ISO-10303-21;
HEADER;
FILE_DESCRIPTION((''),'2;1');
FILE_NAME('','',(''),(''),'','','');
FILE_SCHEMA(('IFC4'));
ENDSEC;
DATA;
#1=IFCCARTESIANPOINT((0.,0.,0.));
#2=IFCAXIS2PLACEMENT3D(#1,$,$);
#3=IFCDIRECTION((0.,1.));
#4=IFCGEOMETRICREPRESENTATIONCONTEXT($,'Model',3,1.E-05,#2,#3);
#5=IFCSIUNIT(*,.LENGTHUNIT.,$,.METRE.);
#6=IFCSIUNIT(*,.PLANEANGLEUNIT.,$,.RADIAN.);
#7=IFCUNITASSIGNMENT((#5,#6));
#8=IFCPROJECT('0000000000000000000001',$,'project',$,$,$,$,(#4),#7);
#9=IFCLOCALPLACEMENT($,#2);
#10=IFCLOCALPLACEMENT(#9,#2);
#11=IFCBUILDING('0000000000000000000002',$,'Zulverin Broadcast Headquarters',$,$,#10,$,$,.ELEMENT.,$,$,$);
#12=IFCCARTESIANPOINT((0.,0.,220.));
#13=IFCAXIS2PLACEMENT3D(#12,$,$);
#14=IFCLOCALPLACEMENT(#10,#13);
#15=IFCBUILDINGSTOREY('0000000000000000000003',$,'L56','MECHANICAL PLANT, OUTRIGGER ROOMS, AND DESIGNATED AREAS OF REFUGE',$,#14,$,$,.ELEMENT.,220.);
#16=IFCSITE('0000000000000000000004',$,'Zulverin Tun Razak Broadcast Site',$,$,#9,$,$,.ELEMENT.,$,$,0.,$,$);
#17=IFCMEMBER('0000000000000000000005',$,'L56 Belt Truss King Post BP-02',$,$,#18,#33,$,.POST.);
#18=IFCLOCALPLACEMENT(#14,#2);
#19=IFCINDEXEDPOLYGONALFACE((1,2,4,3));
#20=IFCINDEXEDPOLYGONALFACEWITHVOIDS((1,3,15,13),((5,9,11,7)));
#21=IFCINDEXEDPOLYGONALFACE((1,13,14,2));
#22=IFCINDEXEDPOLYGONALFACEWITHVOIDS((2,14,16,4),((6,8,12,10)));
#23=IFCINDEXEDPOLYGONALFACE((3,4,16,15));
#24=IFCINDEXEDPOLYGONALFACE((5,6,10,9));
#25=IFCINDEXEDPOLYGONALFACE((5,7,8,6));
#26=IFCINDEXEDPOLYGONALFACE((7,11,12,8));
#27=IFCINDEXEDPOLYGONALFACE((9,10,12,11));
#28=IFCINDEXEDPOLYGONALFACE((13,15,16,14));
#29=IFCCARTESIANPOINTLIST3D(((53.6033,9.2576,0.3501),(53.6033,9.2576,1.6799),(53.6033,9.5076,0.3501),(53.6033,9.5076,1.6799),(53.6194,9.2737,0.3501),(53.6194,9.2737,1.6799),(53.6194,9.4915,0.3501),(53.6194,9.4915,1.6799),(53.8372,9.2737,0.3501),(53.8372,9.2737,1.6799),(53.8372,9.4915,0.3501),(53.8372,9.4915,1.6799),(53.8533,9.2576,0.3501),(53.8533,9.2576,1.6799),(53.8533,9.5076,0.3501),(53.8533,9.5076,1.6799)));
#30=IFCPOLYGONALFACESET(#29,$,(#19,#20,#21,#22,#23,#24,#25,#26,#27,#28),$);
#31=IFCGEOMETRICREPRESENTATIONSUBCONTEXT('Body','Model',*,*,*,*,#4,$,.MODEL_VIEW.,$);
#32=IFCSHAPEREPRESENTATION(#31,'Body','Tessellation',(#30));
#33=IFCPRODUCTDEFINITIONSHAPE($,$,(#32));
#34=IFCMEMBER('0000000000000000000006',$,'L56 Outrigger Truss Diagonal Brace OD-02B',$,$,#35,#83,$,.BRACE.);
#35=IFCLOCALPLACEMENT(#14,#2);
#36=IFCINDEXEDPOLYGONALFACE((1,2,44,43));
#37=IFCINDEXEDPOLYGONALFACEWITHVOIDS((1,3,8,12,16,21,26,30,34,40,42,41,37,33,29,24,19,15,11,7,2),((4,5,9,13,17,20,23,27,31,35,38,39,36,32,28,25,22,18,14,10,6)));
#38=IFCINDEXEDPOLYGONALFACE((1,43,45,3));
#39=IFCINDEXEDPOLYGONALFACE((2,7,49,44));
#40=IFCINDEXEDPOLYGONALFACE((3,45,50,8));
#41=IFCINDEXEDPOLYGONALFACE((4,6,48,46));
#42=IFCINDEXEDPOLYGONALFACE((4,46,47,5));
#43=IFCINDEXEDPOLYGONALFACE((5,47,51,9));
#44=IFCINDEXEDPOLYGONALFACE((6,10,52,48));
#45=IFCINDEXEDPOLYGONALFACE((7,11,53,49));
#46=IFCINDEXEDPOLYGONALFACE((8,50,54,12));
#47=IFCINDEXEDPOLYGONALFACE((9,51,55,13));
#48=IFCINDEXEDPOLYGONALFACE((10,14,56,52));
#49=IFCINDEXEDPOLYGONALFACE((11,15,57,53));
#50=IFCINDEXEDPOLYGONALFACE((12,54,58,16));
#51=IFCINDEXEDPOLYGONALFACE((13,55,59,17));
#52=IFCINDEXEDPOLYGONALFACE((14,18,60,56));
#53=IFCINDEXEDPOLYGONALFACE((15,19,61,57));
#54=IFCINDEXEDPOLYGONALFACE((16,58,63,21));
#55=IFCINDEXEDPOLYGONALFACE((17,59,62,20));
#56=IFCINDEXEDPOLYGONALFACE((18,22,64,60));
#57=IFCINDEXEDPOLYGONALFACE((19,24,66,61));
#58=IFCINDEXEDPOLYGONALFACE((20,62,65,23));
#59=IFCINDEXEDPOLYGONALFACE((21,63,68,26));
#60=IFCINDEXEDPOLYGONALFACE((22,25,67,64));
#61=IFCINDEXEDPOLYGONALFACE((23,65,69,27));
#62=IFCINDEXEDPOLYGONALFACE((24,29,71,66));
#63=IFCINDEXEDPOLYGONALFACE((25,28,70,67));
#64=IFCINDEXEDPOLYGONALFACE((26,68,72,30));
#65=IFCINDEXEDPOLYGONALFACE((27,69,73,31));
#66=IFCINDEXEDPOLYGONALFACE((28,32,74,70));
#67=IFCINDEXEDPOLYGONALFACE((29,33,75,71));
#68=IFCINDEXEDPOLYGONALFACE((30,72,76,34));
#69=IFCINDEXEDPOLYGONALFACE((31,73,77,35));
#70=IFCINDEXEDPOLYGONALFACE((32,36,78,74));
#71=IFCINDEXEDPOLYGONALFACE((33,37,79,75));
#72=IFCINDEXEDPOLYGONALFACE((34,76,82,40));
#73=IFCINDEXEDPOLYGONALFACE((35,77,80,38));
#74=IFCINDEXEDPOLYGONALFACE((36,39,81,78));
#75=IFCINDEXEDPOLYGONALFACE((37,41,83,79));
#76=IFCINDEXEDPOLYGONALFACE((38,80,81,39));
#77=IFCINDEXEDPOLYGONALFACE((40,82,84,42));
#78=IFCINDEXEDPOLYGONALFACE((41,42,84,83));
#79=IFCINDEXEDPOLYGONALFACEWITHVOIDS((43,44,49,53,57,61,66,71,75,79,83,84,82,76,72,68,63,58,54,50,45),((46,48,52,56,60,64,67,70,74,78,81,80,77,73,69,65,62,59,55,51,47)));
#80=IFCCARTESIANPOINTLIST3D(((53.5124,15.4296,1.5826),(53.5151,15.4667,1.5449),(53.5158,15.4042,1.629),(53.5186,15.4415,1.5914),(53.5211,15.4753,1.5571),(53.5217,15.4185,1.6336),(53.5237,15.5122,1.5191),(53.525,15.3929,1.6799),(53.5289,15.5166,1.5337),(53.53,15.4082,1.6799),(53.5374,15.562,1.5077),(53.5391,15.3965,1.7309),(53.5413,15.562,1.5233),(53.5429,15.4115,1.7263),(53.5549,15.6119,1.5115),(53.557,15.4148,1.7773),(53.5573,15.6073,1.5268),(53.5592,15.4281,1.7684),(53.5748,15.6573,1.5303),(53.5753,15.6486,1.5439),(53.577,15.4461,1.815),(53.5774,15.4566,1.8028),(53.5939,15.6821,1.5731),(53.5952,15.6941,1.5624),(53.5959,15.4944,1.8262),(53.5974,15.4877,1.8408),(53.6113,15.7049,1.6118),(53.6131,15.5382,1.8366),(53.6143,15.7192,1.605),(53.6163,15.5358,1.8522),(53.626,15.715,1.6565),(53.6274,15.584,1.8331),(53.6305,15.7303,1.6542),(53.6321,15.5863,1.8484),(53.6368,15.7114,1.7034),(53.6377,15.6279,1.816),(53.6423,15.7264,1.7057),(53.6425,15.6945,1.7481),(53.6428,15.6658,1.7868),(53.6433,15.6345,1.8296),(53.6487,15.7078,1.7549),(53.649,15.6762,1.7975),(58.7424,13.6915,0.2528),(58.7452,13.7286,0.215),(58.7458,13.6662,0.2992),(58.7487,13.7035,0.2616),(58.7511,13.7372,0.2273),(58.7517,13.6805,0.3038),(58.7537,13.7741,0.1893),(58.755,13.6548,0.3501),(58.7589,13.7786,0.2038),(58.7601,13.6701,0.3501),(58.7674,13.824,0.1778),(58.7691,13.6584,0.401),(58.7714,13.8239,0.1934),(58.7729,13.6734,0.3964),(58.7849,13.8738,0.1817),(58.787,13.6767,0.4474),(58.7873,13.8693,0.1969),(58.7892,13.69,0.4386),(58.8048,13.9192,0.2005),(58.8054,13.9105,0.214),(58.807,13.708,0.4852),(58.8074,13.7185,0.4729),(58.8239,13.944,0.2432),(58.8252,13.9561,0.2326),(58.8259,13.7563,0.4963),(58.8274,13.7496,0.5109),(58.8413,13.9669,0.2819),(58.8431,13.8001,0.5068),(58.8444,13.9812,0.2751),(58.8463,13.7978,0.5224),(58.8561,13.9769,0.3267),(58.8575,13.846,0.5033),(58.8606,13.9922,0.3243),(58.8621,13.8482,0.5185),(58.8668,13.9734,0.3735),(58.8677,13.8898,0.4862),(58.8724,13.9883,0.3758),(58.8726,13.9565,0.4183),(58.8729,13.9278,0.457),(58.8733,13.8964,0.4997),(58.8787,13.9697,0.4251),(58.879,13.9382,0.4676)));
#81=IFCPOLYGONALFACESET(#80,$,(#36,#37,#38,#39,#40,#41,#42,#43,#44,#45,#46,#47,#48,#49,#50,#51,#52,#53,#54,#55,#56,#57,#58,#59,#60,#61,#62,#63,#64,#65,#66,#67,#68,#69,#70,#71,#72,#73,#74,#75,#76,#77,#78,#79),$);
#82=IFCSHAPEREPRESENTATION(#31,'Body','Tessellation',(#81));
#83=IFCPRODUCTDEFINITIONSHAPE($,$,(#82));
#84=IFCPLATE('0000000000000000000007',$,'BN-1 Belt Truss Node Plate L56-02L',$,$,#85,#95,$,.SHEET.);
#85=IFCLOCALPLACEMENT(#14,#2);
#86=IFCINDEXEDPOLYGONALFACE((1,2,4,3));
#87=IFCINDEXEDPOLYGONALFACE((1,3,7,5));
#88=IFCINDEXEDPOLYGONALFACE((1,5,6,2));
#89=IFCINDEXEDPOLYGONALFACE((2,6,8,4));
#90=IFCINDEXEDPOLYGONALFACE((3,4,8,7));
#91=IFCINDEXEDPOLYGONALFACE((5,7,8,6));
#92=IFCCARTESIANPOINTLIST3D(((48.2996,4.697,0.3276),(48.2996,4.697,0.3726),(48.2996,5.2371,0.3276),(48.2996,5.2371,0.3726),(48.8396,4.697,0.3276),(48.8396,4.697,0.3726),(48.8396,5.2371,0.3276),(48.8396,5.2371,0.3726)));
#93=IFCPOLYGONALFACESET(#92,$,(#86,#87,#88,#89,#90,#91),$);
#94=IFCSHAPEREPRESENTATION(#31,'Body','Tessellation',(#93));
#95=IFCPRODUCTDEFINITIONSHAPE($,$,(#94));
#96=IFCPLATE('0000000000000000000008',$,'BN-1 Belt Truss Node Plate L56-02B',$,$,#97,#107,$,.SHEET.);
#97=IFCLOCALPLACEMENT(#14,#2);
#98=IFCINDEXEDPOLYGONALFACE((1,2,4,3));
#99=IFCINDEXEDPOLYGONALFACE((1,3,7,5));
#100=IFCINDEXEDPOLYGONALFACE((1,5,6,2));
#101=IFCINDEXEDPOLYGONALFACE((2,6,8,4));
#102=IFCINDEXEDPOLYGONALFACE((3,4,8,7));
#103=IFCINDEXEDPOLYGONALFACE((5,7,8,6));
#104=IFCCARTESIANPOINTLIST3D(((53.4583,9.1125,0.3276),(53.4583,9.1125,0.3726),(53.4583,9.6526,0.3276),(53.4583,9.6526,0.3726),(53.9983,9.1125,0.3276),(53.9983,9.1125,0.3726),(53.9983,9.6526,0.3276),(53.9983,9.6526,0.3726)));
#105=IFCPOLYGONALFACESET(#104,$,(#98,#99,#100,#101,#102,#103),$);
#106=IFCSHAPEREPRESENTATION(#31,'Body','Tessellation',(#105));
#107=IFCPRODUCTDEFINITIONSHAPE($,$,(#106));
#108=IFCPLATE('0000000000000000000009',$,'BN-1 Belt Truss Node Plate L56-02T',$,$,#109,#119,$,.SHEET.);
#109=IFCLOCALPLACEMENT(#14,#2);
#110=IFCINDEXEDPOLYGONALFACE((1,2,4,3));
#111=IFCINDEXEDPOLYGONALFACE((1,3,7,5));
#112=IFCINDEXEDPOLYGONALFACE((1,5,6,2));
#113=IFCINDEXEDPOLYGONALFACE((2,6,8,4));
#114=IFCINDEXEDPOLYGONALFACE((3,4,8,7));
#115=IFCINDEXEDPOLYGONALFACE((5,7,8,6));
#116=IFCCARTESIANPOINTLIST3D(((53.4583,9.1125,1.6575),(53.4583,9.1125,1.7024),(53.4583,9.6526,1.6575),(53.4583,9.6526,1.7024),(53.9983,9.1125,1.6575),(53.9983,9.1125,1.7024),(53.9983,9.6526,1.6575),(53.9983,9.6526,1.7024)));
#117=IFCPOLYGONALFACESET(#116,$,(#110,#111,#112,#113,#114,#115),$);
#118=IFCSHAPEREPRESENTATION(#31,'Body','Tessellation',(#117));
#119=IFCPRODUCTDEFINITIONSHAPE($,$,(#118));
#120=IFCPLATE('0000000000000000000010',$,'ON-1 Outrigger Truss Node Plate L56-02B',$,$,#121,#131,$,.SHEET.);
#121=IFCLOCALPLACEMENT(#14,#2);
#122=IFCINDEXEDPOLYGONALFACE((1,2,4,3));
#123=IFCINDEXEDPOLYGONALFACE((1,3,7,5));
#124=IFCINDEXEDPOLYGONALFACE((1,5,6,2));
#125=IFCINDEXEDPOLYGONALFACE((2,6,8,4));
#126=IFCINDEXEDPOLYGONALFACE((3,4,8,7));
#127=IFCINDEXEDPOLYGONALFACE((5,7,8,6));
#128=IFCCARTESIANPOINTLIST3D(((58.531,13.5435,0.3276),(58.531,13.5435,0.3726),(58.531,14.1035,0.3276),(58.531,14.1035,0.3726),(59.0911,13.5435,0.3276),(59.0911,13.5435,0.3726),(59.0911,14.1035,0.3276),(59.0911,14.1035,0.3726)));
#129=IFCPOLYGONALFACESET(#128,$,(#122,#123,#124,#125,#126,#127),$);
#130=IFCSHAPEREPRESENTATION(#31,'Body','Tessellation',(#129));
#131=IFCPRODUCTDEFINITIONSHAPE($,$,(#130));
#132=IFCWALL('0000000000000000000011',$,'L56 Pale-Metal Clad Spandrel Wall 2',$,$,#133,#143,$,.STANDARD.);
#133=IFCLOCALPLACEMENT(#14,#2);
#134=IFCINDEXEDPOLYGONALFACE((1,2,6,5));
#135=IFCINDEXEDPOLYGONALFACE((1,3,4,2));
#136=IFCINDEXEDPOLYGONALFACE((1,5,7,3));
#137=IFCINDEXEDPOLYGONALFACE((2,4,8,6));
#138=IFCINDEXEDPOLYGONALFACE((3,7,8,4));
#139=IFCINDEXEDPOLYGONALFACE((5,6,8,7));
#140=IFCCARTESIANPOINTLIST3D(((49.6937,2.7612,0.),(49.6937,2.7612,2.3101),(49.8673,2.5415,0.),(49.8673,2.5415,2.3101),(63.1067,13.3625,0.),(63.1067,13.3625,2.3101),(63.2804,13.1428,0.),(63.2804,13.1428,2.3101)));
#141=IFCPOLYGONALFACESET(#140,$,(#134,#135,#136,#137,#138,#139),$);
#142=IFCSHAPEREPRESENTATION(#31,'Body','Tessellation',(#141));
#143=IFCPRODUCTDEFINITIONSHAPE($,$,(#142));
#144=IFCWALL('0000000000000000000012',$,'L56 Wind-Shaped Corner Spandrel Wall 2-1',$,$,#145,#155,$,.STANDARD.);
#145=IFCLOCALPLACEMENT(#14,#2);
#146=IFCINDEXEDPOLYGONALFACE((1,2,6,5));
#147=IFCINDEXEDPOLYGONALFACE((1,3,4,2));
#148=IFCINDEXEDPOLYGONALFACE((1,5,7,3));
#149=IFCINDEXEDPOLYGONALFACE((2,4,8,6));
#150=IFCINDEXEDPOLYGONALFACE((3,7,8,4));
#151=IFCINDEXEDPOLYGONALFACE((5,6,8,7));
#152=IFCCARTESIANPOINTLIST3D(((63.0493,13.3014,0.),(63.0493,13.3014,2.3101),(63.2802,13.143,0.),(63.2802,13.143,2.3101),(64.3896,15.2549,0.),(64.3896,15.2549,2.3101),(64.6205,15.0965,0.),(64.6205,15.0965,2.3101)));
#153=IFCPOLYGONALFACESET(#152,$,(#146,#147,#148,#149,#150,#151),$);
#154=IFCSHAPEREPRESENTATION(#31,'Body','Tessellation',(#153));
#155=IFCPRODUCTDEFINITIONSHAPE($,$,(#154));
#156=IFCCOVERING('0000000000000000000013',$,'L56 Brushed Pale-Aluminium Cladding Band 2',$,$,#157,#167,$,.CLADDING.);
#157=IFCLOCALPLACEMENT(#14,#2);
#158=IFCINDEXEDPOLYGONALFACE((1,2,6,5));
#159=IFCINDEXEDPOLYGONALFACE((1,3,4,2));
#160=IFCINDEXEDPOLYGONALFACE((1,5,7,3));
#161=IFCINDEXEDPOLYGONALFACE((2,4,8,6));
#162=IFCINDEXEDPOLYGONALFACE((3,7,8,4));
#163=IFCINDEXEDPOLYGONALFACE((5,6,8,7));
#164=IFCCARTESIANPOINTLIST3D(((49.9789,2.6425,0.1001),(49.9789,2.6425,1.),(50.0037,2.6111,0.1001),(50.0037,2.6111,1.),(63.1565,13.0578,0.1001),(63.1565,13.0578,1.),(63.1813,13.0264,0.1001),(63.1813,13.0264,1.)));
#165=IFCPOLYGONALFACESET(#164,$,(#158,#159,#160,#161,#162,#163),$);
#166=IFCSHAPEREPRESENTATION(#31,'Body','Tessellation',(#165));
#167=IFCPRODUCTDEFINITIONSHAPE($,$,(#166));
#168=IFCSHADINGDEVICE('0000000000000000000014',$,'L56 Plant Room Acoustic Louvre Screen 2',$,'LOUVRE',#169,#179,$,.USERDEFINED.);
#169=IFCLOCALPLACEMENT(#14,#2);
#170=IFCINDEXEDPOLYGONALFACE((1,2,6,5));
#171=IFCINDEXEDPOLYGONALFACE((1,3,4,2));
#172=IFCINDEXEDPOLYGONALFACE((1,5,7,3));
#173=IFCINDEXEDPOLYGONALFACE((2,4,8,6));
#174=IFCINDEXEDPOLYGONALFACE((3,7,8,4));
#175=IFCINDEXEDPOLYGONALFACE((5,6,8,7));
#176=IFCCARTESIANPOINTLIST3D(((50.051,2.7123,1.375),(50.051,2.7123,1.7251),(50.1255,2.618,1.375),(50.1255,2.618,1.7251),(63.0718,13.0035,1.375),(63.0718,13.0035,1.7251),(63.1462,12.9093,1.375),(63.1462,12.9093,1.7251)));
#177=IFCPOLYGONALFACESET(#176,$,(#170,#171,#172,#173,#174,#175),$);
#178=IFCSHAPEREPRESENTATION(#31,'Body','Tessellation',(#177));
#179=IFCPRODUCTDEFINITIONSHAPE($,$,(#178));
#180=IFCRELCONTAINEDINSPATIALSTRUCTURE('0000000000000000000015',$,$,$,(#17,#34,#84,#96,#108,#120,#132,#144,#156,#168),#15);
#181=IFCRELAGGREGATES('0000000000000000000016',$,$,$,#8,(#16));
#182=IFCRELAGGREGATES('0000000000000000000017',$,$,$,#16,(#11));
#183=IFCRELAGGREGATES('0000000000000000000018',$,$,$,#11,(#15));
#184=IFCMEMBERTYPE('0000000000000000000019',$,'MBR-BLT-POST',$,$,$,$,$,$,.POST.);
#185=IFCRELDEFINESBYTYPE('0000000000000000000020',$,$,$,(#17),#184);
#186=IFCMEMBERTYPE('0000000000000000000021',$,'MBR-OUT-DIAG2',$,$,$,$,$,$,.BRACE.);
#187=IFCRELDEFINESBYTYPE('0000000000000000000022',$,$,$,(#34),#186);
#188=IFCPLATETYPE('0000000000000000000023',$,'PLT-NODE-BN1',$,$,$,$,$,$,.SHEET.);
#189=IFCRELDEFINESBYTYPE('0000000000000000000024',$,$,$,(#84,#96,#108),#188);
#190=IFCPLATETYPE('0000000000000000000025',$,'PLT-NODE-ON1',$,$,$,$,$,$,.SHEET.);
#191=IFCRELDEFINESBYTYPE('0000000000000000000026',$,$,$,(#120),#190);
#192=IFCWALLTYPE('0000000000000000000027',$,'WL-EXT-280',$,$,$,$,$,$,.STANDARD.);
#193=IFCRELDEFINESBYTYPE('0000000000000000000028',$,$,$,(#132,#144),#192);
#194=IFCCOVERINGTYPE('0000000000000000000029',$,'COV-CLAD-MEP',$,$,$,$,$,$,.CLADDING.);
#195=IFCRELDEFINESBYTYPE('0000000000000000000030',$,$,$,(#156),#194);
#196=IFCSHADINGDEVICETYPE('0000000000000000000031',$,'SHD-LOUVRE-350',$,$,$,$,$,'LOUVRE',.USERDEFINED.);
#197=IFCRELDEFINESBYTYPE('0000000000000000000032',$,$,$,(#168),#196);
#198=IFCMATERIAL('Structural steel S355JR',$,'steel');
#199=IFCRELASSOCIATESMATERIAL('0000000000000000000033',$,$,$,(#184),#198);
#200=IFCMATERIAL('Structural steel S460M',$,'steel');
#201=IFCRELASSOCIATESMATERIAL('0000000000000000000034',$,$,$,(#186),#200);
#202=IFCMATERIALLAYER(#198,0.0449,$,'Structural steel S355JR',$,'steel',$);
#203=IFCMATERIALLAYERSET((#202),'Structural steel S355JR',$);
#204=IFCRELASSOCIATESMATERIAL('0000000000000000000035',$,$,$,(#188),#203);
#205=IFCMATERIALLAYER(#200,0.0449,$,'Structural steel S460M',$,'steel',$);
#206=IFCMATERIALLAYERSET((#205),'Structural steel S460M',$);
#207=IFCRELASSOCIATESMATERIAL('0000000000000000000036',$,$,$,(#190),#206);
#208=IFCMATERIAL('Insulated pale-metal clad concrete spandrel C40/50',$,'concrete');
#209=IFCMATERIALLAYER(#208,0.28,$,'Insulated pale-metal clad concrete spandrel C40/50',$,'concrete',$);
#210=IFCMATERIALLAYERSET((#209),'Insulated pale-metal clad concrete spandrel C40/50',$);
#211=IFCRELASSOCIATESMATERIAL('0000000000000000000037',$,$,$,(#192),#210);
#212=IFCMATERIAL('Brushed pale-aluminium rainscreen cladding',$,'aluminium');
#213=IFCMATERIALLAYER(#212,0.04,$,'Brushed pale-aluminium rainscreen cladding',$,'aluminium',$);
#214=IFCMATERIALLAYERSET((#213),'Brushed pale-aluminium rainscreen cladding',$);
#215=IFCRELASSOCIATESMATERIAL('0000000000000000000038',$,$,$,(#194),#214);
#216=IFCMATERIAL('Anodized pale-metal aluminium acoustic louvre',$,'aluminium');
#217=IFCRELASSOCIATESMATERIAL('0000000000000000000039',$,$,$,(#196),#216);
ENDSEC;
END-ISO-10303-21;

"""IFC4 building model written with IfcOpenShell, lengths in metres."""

from ifc_helpers import new_model, si_unit, direction, frame, frame_2d, origin, origin_2d, place, context, subcontext, project, spatial, rectangle, hollow_rectangle, hollow_circle, extrude, material, layer, layer_set, material_profile, profile_set, type_object, element, save


model = new_model("IFC4")

# Units and contexts
model_context = context("Model", 3, precision=1e-05, world=origin(), true_north=direction((0.0, 1.0)))
body_context = subcontext(model_context, "Body", "Model", "MODEL_VIEW")
ifc_project = project(units=[si_unit("LENGTHUNIT", "METRE"), si_unit("PLANEANGLEUNIT", "RADIAN")], contexts=[model_context])

# Site, building, storey
site_placement = place(None, origin())
site = spatial("IfcSite", under=ifc_project, at=site_placement, Name="Zulverin Tun Razak Broadcast Site", CompositionType="ELEMENT", RefElevation=0.0)
building_placement = place(site_placement, origin())
building = spatial("IfcBuilding", under=site, at=building_placement, Name="Zulverin Broadcast Headquarters", CompositionType="ELEMENT")
storey_placement = place(building_placement, frame((0.0, 0.0, 220.0)))
storey = spatial("IfcBuildingStorey", under=building, at=storey_placement, Name="L56", Description="MECHANICAL PLANT, OUTRIGGER ROOMS, AND DESIGNATED AREAS OF REFUGE", CompositionType="ELEMENT", Elevation=220.0)

# Members
ifc_material_1 = material(Name="Structural steel S355JR", Category="steel")
ifc_material_profile_1 = material_profile(ifc_material_1, hollow_rectangle(XDim=0.25, YDim=0.25, WallThickness=0.0161, at=origin_2d()), Name="Structural steel S355JR", Category="steel")
ifc_profile_set_1 = profile_set([ifc_material_profile_1], Name="Structural steel S355JR")
member_type_1 = type_object("IfcMemberType", Name="MBR-BLT-POST", PredefinedType="POST", material=ifc_profile_set_1)
member_1_placement = place(storey_placement, frame((53.7283, 9.3826, 0.3501), z_axis=(0.0, 0.0, 1.0), x_axis=(1.0, 0.0, 0.0)))
element("IfcMember", 1, at=member_1_placement, inside=storey, type_object=member_type_1, Name="L56 Belt Truss King Post BP-02", PredefinedType="POST", context=body_context, shape_type="SweptSolid", body=[
    extrude(hollow_rectangle(XDim=0.25, YDim=0.25, WallThickness=0.0161, at=origin_2d()), origin(), (0.0, 0.0, 1.0), 1.3298),
])
ifc_material_2 = material(Name="Structural steel S460M", Category="steel")
ifc_material_profile_2 = material_profile(ifc_material_2, hollow_circle(Radius=0.1777, WallThickness=0.0161, at=origin_2d()), Name="Structural steel S460M", Category="steel")
ifc_profile_set_2 = profile_set([ifc_material_profile_2], Name="Structural steel S460M")
member_type_2 = type_object("IfcMemberType", Name="MBR-OUT-DIAG2", PredefinedType="BRACE", material=ifc_profile_set_2)
member_2_placement = place(storey_placement, frame((58.811, 13.8235, 0.3501), z_axis=(-0.922495, 0.306565, 0.234564), x_axis=(-0.315364, -0.948971, 0.0)))
element("IfcMember", 2, at=member_2_placement, inside=storey, type_object=member_type_2, Name="L56 Outrigger Truss Diagonal Brace OD-02B", PredefinedType="BRACE", context=body_context, shape_type="SweptSolid", body=[
    extrude(hollow_circle(Radius=0.1777, WallThickness=0.0161, at=origin_2d()), origin(), (0.0, 0.0, 1.0), 5.6694),
])

# Plates
ifc_layer_1 = layer(ifc_material_1, 0.0449, Name="Structural steel S355JR", Category="steel")
ifc_layer_set_1 = layer_set([ifc_layer_1], Name="Structural steel S355JR")
plate_type_1 = type_object("IfcPlateType", Name="PLT-NODE-BN1", PredefinedType="SHEET", material=ifc_layer_set_1)
for number, where, z_axis, x_axis, name in (
    (3, (48.5696, 4.967, 0.3276), (0.0, 0.0, 1.0), (1.0, 0.0, 0.0), "BN-1 Belt Truss Node Plate L56-02L"),
    (4, (53.7283, 9.3826, 0.3276), (0.0, 0.0, 1.0), (1.0, 0.0, 0.0), "BN-1 Belt Truss Node Plate L56-02B"),
    (5, (53.7283, 9.3826, 1.6575), (0.0, 0.0, 1.0), (1.0, 0.0, 0.0), "BN-1 Belt Truss Node Plate L56-02T"),
):
    element("IfcPlate", number, at=place(storey_placement, frame(where, z_axis=z_axis, x_axis=x_axis)), inside=storey, type_object=plate_type_1, Name=name, PredefinedType="SHEET", context=body_context, shape_type="SweptSolid", body=[
        extrude(rectangle(XDim=0.54, YDim=0.54, at=origin_2d()), origin(), (0.0, 0.0, 1.0), 0.0449),
    ])
ifc_layer_2 = layer(ifc_material_2, 0.0449, Name="Structural steel S460M", Category="steel")
ifc_layer_set_2 = layer_set([ifc_layer_2], Name="Structural steel S460M")
plate_type_2 = type_object("IfcPlateType", Name="PLT-NODE-ON1", PredefinedType="SHEET", material=ifc_layer_set_2)
plate_placement = place(storey_placement, frame((58.811, 13.8235, 0.3276), z_axis=(0.0, 0.0, 1.0), x_axis=(1.0, 0.0, 0.0)))
element("IfcPlate", 6, at=plate_placement, inside=storey, type_object=plate_type_2, Name="ON-1 Outrigger Truss Node Plate L56-02B", PredefinedType="SHEET", context=body_context, shape_type="SweptSolid", body=[
    extrude(rectangle(XDim=0.5601, YDim=0.5601, at=origin_2d()), origin(), (0.0, 0.0, 1.0), 0.0449),
])

# Walls
ifc_material_3 = material(Name="Insulated pale-metal clad concrete spandrel C40/50", Category="concrete")
ifc_layer_3 = layer(ifc_material_3, 0.28, Name="Insulated pale-metal clad concrete spandrel C40/50", Category="concrete")
ifc_layer_set_3 = layer_set([ifc_layer_3], Name="Insulated pale-metal clad concrete spandrel C40/50")
wall_type = type_object("IfcWallType", Name="WL-EXT-280", PredefinedType="STANDARD", material=ifc_layer_set_3)
wall_1_placement = place(storey_placement, frame((49.7805, 2.6514, 0.0), z_axis=(0.0, 0.0, 1.0), x_axis=(0.78454, 0.620078, 0.0)))
element("IfcWall", 7, at=wall_1_placement, inside=storey, type_object=wall_type, Name="L56 Pale-Metal Clad Spandrel Wall 2", PredefinedType="STANDARD", context=body_context, shape_type="SweptSolid", body=[
    extrude(rectangle(XDim=17.0967, YDim=0.28, at=frame_2d((8.5483, 0.0))), origin(), (0.0, 0.0, 1.0), 2.3101),
])
wall_2_placement = place(storey_placement, frame((63.1648, 13.2222, 0.0), z_axis=(0.0, 0.0, 1.0), x_axis=(0.565733, 0.824589, 0.0)))
element("IfcWall", 8, at=wall_2_placement, inside=storey, type_object=wall_type, Name="L56 Wind-Shaped Corner Spandrel Wall 2-1", PredefinedType="STANDARD", context=body_context, shape_type="SweptSolid", body=[
    extrude(rectangle(XDim=2.3691, YDim=0.28, at=frame_2d((1.1846, 0.0))), origin(), (0.0, 0.0, 1.0), 2.3101),
])

# Covering
ifc_material_4 = material(Name="Brushed pale-aluminium rainscreen cladding", Category="aluminium")
ifc_layer_4 = layer(ifc_material_4, 0.04, Name="Brushed pale-aluminium rainscreen cladding", Category="aluminium")
ifc_layer_set_4 = layer_set([ifc_layer_4], Name="Brushed pale-aluminium rainscreen cladding")
covering_type = type_object("IfcCoveringType", Name="COV-CLAD-MEP", PredefinedType="CLADDING", material=ifc_layer_set_4)
covering_placement = place(storey_placement, frame((56.5801, 7.8345, 0.1001), z_axis=(0.0, 0.0, 1.0), x_axis=(0.784538, 0.62008, 0.0)))
element("IfcCovering", 9, at=covering_placement, inside=storey, type_object=covering_type, Name="L56 Brushed Pale-Aluminium Cladding Band 2", PredefinedType="CLADDING", context=body_context, shape_type="SweptSolid", body=[
    extrude(rectangle(XDim=16.7966, YDim=0.04, at=origin_2d()), origin(), (0.0, 0.0, 1.0), 0.8999),
])

# Shading device
ifc_material_5 = material(Name="Anodized pale-metal aluminium acoustic louvre", Category="aluminium")
shading_device_type = type_object("IfcShadingDeviceType", Name="SHD-LOUVRE-350", ElementType="LOUVRE", PredefinedType="USERDEFINED", material=ifc_material_5)
shading_device_placement = place(storey_placement, frame((56.5986, 7.8108, 1.375), z_axis=(0.0, 0.0, 1.0), x_axis=(0.784538, 0.62008, 0.0)))
element("IfcShadingDevice", 10, at=shading_device_placement, inside=storey, type_object=shading_device_type, Name="L56 Plant Room Acoustic Louvre Screen 2", ObjectType="LOUVRE", PredefinedType="USERDEFINED", context=body_context, shape_type="SweptSolid", body=[
    extrude(rectangle(XDim=16.5967, YDim=0.1201, at=origin_2d()), origin(), (0.0, 0.0, 1.0), 0.3501),
])

save(model, "model.ifc")
